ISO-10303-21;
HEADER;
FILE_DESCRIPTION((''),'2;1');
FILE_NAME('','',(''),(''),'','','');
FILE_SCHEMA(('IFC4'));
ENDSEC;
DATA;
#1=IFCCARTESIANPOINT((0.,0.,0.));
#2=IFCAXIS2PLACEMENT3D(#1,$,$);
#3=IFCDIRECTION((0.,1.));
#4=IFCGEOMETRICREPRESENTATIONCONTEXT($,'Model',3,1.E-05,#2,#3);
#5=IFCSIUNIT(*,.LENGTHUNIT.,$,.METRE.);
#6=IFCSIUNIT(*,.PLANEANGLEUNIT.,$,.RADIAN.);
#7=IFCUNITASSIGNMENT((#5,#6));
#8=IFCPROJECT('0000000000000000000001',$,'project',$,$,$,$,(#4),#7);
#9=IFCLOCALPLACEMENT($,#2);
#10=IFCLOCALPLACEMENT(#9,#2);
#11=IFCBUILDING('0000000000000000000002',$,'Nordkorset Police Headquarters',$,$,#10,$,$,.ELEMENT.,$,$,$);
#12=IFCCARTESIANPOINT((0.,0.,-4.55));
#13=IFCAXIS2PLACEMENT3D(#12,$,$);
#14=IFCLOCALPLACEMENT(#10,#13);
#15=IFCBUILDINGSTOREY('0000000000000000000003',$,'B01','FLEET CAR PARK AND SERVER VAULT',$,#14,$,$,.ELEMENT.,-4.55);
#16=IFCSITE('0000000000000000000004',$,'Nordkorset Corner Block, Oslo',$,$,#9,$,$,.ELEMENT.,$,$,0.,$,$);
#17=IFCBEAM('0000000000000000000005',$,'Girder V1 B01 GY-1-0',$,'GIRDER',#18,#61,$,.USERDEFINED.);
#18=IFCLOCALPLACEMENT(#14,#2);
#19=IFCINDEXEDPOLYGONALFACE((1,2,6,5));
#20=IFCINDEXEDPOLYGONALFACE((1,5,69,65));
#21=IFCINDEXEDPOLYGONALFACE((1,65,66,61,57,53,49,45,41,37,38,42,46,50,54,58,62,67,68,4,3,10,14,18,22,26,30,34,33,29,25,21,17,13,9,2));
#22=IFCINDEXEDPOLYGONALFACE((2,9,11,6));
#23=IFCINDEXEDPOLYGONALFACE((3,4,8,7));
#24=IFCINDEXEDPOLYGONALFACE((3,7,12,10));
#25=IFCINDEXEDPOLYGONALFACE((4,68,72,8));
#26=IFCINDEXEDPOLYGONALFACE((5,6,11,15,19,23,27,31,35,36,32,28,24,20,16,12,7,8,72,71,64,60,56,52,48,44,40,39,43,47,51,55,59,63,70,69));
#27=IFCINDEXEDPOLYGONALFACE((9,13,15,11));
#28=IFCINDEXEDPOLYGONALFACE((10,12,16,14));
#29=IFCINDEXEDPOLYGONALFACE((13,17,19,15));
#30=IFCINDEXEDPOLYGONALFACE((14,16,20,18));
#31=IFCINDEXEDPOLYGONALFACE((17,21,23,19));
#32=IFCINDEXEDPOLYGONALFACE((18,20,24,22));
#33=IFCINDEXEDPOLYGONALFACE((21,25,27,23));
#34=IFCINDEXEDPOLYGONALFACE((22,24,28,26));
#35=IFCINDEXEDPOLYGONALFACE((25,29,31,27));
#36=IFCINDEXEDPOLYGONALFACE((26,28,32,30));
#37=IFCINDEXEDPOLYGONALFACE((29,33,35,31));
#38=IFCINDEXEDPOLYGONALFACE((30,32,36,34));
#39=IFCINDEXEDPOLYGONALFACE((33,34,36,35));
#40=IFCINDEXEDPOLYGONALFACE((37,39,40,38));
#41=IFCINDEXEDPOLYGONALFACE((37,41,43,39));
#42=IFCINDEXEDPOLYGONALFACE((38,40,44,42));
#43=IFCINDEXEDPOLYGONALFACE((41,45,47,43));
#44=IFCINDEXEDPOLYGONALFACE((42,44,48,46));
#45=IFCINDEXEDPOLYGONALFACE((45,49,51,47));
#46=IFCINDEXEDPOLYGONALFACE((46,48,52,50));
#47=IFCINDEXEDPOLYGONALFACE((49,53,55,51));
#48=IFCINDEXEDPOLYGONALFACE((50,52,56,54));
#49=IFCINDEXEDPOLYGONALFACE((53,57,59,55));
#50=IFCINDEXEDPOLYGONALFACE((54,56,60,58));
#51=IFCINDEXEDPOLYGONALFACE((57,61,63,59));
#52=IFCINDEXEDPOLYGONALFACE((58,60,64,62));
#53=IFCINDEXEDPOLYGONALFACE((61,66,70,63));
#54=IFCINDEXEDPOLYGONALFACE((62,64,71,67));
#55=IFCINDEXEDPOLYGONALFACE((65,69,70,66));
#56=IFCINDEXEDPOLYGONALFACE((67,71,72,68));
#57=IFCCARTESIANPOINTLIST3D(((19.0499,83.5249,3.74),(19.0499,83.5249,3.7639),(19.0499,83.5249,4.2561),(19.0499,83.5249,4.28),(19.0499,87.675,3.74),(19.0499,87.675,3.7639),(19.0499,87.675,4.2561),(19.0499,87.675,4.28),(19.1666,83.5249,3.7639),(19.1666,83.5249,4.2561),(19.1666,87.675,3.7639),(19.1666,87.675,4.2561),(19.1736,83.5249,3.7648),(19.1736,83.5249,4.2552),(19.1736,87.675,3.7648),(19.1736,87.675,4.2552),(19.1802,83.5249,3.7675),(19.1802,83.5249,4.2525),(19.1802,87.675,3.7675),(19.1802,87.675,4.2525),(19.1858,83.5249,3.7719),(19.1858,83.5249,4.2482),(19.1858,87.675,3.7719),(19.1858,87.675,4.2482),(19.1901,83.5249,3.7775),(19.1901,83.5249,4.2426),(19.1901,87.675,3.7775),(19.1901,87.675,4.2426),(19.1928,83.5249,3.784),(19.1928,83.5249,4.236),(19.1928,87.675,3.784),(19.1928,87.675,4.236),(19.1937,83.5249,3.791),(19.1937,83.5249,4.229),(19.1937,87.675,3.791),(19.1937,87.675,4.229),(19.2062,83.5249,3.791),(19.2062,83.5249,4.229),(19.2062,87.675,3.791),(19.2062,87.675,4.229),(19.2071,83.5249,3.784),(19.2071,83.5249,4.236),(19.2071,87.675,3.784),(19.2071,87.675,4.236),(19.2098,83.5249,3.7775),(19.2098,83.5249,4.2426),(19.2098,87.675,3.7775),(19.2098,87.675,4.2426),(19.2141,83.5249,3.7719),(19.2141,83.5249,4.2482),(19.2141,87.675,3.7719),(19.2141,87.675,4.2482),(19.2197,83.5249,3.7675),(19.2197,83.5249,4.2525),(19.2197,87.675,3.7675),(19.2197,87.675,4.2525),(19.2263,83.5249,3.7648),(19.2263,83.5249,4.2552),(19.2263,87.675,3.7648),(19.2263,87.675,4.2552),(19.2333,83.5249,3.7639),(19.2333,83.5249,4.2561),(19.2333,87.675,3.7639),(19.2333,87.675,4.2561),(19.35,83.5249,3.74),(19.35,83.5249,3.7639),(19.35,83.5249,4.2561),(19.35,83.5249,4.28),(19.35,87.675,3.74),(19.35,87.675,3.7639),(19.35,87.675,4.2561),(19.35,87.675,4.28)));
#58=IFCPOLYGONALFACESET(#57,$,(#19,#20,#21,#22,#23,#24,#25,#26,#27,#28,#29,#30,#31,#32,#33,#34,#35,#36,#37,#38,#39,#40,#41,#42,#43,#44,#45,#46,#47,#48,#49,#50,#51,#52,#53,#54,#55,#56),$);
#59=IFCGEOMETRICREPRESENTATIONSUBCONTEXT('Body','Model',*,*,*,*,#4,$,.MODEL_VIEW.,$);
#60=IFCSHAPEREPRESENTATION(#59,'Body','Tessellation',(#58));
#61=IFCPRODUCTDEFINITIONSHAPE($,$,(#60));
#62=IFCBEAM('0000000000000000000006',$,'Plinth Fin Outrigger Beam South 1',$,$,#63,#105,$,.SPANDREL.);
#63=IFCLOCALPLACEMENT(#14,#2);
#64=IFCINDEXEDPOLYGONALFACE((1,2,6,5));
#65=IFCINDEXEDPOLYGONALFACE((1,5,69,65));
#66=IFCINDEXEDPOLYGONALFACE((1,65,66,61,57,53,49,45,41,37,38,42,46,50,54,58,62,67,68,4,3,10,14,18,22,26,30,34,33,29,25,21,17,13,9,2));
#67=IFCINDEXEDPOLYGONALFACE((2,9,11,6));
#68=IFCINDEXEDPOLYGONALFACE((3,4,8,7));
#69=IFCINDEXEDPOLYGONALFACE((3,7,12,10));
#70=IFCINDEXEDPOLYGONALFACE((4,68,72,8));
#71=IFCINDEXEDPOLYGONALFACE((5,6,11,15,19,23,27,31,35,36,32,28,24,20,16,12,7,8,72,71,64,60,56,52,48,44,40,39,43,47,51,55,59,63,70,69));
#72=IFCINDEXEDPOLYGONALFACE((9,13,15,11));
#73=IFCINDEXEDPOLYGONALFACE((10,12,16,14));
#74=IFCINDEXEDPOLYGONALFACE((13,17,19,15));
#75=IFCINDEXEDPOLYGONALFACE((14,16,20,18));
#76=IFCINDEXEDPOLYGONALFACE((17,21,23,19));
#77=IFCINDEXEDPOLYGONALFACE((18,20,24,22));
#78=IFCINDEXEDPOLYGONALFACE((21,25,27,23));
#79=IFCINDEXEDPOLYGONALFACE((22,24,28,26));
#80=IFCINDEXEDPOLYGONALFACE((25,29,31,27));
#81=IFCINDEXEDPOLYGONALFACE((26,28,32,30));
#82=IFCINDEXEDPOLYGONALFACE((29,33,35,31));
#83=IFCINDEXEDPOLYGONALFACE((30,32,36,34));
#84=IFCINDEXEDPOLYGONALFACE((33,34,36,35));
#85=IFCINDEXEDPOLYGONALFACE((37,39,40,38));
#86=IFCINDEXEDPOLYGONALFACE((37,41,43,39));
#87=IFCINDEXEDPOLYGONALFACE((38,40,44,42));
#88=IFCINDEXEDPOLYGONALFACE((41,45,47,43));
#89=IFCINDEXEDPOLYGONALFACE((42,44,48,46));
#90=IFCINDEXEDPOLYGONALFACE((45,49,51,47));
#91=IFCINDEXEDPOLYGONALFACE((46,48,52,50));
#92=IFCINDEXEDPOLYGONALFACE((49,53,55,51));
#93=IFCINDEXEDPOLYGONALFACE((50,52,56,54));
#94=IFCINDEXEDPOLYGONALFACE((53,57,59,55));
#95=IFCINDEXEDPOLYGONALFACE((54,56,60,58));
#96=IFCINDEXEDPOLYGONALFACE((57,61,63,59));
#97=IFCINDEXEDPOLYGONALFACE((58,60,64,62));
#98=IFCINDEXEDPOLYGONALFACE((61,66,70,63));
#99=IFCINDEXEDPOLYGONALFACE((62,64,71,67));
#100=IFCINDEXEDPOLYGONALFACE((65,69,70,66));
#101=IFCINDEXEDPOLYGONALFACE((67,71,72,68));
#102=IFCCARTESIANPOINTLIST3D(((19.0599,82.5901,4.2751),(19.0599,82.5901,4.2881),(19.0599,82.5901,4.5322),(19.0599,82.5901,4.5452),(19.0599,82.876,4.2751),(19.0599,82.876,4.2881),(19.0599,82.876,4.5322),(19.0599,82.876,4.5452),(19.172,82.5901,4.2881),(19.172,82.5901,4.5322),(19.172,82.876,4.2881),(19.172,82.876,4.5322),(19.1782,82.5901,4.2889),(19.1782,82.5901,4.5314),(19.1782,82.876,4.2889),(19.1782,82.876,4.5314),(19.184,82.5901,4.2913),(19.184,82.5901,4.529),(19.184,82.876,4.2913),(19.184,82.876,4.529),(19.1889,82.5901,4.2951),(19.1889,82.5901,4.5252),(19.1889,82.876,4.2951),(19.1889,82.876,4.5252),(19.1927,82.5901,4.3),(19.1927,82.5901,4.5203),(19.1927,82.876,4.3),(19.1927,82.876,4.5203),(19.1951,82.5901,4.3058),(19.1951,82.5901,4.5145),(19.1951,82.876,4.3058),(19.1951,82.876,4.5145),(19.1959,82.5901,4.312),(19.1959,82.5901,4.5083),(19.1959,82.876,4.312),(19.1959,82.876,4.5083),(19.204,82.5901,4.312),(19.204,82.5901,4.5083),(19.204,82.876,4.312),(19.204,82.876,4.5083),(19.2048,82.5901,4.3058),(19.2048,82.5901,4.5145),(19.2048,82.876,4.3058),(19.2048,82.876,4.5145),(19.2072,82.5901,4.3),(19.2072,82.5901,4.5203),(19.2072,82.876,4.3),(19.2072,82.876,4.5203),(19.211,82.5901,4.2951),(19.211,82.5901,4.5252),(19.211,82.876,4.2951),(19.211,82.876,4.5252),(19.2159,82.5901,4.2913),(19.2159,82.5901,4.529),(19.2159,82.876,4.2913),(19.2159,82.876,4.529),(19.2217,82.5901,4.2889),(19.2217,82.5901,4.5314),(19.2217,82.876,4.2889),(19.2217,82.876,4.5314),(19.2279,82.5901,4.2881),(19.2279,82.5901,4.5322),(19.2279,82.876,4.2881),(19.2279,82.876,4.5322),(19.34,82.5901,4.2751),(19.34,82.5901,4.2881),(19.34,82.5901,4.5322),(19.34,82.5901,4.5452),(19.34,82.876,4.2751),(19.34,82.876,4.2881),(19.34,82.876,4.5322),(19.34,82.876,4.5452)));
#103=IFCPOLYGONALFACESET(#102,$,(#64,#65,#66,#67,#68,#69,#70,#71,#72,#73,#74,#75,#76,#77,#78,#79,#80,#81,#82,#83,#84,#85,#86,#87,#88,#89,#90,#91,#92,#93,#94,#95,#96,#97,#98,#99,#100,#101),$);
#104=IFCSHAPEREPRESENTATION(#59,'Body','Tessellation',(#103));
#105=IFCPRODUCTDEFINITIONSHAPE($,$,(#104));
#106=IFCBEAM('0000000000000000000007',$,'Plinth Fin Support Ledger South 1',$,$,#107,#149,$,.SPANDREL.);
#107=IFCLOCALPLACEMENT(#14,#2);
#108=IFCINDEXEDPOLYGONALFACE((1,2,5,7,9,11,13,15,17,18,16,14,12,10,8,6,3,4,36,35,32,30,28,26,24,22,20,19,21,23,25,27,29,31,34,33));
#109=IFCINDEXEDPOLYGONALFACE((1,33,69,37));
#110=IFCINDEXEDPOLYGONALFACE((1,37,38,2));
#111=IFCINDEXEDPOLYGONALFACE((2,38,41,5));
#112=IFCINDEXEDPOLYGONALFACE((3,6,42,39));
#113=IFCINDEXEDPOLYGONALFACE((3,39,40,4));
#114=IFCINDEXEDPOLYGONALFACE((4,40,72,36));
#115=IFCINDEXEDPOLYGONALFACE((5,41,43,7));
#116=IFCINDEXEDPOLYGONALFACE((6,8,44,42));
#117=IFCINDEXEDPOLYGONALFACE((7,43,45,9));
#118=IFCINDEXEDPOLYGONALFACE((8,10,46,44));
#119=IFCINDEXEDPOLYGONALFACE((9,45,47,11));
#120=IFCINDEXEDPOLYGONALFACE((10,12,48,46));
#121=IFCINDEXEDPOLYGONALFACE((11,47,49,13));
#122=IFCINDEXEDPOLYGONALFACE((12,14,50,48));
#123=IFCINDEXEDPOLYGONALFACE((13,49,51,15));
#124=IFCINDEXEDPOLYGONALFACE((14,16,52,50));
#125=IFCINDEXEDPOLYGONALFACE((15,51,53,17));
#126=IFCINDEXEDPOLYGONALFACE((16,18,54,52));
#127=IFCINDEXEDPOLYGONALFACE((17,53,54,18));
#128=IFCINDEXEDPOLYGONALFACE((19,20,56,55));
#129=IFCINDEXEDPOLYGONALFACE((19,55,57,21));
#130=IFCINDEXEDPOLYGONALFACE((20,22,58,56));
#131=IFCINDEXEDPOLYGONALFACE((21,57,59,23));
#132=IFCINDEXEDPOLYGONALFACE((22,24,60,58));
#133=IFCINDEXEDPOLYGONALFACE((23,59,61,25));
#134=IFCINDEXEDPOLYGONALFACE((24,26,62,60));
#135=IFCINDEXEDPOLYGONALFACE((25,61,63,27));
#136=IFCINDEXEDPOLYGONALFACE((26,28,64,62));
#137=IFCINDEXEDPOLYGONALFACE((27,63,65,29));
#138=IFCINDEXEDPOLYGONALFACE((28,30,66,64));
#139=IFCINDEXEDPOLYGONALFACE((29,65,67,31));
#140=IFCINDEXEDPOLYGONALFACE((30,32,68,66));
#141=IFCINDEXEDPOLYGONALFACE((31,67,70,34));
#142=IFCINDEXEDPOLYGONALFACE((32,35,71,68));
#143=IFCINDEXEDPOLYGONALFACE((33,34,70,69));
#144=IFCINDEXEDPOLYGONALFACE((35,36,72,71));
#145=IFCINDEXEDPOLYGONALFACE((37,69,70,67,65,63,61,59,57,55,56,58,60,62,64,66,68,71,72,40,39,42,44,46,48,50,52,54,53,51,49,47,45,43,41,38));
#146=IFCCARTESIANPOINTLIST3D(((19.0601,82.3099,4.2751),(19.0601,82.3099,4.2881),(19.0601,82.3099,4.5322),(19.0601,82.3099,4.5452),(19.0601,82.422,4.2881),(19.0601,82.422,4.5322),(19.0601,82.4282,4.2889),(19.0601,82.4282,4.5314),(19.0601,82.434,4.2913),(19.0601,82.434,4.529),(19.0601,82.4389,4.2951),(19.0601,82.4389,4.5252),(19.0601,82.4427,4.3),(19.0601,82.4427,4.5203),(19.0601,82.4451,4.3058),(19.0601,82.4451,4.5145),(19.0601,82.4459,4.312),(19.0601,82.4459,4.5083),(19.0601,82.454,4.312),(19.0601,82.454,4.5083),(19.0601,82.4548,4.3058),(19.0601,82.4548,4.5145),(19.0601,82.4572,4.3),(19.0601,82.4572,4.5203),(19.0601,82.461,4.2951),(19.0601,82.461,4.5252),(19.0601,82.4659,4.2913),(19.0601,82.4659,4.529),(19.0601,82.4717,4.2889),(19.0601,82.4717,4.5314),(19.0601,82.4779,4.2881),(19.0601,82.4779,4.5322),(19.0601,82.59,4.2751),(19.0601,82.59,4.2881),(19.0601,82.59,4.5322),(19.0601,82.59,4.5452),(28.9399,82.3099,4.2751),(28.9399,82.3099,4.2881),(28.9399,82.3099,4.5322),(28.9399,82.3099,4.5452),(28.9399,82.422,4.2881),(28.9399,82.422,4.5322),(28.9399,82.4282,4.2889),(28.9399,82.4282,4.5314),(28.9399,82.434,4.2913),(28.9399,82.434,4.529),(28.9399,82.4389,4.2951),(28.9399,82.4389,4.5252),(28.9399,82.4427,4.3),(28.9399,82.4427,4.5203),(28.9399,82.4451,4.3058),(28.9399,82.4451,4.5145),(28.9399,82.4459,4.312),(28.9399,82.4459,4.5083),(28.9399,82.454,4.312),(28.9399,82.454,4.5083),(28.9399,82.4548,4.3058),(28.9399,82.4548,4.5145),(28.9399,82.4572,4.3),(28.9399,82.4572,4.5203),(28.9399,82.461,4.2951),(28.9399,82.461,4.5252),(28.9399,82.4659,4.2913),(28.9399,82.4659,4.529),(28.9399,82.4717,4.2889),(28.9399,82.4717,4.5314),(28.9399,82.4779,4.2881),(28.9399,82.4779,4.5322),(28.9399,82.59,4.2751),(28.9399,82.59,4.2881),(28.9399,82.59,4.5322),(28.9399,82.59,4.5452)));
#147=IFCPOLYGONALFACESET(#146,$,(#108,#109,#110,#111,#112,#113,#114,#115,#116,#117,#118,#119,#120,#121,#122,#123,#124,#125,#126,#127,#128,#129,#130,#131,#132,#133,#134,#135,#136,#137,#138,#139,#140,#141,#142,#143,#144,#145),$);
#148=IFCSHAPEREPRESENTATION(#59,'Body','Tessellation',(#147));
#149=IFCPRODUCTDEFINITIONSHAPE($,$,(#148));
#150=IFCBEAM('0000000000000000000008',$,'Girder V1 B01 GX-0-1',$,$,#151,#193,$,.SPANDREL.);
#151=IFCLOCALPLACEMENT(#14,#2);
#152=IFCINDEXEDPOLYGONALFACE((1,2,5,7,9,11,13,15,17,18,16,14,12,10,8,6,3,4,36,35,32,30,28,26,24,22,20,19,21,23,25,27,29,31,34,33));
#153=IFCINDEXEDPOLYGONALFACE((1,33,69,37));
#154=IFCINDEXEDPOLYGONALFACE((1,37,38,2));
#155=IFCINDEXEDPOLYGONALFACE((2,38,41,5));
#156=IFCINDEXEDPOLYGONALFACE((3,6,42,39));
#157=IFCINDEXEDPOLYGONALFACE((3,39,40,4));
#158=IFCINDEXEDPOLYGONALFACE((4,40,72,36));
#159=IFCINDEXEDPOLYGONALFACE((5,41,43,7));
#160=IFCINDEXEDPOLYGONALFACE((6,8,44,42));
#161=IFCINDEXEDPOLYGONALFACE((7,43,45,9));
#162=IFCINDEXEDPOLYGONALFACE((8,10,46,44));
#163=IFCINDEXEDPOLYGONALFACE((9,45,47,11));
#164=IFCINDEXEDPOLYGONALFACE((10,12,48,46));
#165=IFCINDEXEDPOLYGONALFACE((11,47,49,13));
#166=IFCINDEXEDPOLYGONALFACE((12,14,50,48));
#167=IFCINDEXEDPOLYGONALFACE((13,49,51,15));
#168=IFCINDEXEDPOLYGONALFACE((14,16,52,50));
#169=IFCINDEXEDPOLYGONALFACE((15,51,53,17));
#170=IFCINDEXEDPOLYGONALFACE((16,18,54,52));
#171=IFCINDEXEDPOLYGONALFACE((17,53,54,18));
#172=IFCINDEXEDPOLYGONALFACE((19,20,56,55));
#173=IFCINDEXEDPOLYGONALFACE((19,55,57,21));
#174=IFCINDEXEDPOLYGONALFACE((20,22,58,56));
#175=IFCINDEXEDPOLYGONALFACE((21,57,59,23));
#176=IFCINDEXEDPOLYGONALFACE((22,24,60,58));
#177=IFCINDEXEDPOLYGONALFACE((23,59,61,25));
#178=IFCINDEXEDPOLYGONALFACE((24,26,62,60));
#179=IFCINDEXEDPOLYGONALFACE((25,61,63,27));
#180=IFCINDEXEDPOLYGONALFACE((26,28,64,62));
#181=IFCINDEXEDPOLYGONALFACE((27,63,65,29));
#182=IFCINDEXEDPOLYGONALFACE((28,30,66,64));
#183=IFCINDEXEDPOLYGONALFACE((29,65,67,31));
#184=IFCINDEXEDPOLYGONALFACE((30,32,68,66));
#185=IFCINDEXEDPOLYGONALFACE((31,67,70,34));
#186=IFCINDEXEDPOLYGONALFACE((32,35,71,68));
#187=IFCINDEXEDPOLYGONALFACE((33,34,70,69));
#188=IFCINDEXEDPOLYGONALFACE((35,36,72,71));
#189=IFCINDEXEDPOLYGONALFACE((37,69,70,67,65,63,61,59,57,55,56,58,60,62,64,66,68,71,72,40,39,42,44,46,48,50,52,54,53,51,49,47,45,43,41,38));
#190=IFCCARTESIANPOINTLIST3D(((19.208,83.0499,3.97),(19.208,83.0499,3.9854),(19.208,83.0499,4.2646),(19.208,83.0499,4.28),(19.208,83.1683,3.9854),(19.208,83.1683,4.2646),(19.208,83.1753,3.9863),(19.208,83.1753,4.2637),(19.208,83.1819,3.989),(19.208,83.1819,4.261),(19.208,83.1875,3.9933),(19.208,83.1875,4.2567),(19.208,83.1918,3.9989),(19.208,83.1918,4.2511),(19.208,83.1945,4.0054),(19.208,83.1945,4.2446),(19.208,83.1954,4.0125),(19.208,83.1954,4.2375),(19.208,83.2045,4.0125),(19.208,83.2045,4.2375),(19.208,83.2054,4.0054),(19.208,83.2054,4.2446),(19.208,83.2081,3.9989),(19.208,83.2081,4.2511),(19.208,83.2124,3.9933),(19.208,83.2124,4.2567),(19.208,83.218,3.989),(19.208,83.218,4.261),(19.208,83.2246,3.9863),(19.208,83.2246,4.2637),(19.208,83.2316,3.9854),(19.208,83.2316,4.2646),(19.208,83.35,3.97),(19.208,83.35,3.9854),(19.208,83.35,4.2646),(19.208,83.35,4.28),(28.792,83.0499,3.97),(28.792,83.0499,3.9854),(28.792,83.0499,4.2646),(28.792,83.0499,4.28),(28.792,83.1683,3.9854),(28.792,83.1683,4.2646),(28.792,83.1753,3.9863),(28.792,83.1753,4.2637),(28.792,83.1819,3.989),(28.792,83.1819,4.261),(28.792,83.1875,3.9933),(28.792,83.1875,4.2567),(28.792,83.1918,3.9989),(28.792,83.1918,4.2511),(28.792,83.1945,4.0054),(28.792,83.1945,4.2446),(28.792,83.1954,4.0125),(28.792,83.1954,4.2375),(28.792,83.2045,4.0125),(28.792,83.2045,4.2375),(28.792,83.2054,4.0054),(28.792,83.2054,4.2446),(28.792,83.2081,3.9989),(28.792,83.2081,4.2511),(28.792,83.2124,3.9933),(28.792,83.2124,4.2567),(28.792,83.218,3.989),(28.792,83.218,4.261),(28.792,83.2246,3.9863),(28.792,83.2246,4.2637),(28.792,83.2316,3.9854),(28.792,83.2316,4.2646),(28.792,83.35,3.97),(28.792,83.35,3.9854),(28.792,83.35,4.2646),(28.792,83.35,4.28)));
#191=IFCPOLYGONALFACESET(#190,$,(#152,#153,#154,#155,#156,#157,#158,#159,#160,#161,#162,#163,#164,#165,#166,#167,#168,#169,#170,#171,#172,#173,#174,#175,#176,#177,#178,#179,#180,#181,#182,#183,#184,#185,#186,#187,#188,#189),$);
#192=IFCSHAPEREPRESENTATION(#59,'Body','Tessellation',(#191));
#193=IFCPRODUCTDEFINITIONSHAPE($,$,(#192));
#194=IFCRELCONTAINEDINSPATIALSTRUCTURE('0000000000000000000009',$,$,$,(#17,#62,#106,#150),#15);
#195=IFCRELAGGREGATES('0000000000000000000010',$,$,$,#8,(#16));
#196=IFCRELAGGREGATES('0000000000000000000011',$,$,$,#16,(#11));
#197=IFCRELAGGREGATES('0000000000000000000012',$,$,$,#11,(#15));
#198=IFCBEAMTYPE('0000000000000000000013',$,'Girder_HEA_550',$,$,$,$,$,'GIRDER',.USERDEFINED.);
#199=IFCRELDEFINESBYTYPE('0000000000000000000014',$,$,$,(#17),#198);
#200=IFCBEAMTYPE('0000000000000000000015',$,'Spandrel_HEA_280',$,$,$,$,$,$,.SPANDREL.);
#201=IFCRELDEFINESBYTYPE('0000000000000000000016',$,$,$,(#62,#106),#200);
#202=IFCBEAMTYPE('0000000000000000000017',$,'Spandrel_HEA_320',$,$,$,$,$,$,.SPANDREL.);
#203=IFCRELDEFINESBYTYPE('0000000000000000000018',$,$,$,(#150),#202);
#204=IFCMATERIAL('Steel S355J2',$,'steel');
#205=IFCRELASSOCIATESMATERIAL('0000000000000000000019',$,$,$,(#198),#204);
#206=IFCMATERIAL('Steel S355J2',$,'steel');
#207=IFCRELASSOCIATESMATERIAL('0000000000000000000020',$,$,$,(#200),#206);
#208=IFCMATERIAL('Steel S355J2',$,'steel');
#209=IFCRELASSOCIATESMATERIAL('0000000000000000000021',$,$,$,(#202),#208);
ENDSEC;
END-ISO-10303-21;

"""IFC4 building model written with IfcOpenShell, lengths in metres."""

from ifc_helpers import new_model, si_unit, direction, frame, origin, origin_2d, place, context, subcontext, project, spatial, i_section, extrude, material, material_profile, profile_set, type_object, element, save


model = new_model("IFC4")

# Units and contexts
model_context = context("Model", 3, precision=1e-05, world=origin(), true_north=direction((0.0, 1.0)))
body_context = subcontext(model_context, "Body", "Model", "MODEL_VIEW")
ifc_project = project(units=[si_unit("LENGTHUNIT", "METRE"), si_unit("PLANEANGLEUNIT", "RADIAN")], contexts=[model_context])

# Site, building, storey
site_placement = place(None, origin())
site = spatial("IfcSite", under=ifc_project, at=site_placement, Name="Nordkorset Corner Block, Oslo", CompositionType="ELEMENT", RefElevation=0.0)
building_placement = place(site_placement, origin())
building = spatial("IfcBuilding", under=site, at=building_placement, Name="Nordkorset Police Headquarters", CompositionType="ELEMENT")
storey_placement = place(building_placement, frame((0.0, 0.0, -4.55)))
storey = spatial("IfcBuildingStorey", under=building, at=storey_placement, Name="B01", Description="FLEET CAR PARK AND SERVER VAULT", CompositionType="ELEMENT", Elevation=-4.55)

# Beams
ifc_material_1 = material(Name="Steel S355J2", Category="steel")
ifc_material_profile_1 = material_profile(ifc_material_1, i_section(OverallWidth=0.3, OverallDepth=0.54, WebThickness=0.0125, FlangeThickness=0.0239, FilletRadius=0.0271, at=origin_2d()), Name="HEA 550")
ifc_profile_set_1 = profile_set([ifc_material_profile_1], Name="Steel S355J2")
beam_type_1 = type_object("IfcBeamType", Name="Girder_HEA_550", ElementType="GIRDER", PredefinedType="USERDEFINED", material=ifc_profile_set_1)
beam_1_placement = place(storey_placement, frame((19.2, 83.5249, 4.01), z_axis=(0.0, 1.0, 0.0), x_axis=(-1.0, 0.0, 0.0)))
element("IfcBeam", 1, at=beam_1_placement, inside=storey, type_object=beam_type_1, Name="Girder V1 B01 GY-1-0", ObjectType="GIRDER", PredefinedType="USERDEFINED", context=body_context, shape_type="SweptSolid", body=[
    extrude(i_section(OverallWidth=0.3, OverallDepth=0.54, WebThickness=0.0125, FlangeThickness=0.0239, FilletRadius=0.0271, at=origin_2d()), origin(), (0.0, 0.0, 1.0), 4.1501),
])
ifc_material_2 = material(Name="Steel S355J2", Category="steel")
ifc_material_profile_2 = material_profile(ifc_material_2, i_section(OverallWidth=0.28, OverallDepth=0.27, WebThickness=0.0081, FlangeThickness=0.0129, FilletRadius=0.0239, at=origin_2d()), Name="HEA 280")
ifc_profile_set_2 = profile_set([ifc_material_profile_2], Name="Steel S355J2")
beam_type_2 = type_object("IfcBeamType", Name="Spandrel_HEA_280", PredefinedType="SPANDREL", material=ifc_profile_set_2)
beam_2_placement = place(storey_placement, frame((19.2, 82.876, 4.4102), z_axis=(0.0, -1.0, 0.0), x_axis=(1.0, 0.0, 0.0)))
element("IfcBeam", 2, at=beam_2_placement, inside=storey, type_object=beam_type_2, Name="Plinth Fin Outrigger Beam South 1", PredefinedType="SPANDREL", context=body_context, shape_type="SweptSolid", body=[
    extrude(i_section(OverallWidth=0.28, OverallDepth=0.27, WebThickness=0.0081, FlangeThickness=0.0129, FilletRadius=0.0239, at=origin_2d()), origin(), (0.0, 0.0, 1.0), 0.2859),
])
beam_3_placement = place(storey_placement, frame((19.0601, 82.45, 4.4102), z_axis=(1.0, 0.0, 0.0), x_axis=(0.0, 1.0, 0.0)))
element("IfcBeam", 3, at=beam_3_placement, inside=storey, type_object=beam_type_2, Name="Plinth Fin Support Ledger South 1", PredefinedType="SPANDREL", context=body_context, shape_type="SweptSolid", body=[
    extrude(i_section(OverallWidth=0.28, OverallDepth=0.27, WebThickness=0.0081, FlangeThickness=0.0129, FilletRadius=0.0239, at=origin_2d()), origin(), (0.0, 0.0, 1.0), 9.8799),
])
ifc_material_3 = material(Name="Steel S355J2", Category="steel")
ifc_material_profile_3 = material_profile(ifc_material_3, i_section(OverallWidth=0.3, OverallDepth=0.3101, WebThickness=0.009, FlangeThickness=0.0154, FilletRadius=0.0271, at=origin_2d()), Name="HEA 320")
ifc_profile_set_3 = profile_set([ifc_material_profile_3], Name="Steel S355J2")
beam_type_3 = type_object("IfcBeamType", Name="Spandrel_HEA_320", PredefinedType="SPANDREL", material=ifc_profile_set_3)
beam_4_placement = place(storey_placement, frame((19.208, 83.2, 4.125), z_axis=(1.0, 0.0, 0.0), x_axis=(0.0, 1.0, 0.0)))
element("IfcBeam", 4, at=beam_4_placement, inside=storey, type_object=beam_type_3, Name="Girder V1 B01 GX-0-1", PredefinedType="SPANDREL", context=body_context, shape_type="SweptSolid", body=[
    extrude(i_section(OverallWidth=0.3, OverallDepth=0.3101, WebThickness=0.009, FlangeThickness=0.0154, FilletRadius=0.0271, at=origin_2d()), origin(), (0.0, 0.0, 1.0), 9.584),
])

save(model, "model.ifc")
